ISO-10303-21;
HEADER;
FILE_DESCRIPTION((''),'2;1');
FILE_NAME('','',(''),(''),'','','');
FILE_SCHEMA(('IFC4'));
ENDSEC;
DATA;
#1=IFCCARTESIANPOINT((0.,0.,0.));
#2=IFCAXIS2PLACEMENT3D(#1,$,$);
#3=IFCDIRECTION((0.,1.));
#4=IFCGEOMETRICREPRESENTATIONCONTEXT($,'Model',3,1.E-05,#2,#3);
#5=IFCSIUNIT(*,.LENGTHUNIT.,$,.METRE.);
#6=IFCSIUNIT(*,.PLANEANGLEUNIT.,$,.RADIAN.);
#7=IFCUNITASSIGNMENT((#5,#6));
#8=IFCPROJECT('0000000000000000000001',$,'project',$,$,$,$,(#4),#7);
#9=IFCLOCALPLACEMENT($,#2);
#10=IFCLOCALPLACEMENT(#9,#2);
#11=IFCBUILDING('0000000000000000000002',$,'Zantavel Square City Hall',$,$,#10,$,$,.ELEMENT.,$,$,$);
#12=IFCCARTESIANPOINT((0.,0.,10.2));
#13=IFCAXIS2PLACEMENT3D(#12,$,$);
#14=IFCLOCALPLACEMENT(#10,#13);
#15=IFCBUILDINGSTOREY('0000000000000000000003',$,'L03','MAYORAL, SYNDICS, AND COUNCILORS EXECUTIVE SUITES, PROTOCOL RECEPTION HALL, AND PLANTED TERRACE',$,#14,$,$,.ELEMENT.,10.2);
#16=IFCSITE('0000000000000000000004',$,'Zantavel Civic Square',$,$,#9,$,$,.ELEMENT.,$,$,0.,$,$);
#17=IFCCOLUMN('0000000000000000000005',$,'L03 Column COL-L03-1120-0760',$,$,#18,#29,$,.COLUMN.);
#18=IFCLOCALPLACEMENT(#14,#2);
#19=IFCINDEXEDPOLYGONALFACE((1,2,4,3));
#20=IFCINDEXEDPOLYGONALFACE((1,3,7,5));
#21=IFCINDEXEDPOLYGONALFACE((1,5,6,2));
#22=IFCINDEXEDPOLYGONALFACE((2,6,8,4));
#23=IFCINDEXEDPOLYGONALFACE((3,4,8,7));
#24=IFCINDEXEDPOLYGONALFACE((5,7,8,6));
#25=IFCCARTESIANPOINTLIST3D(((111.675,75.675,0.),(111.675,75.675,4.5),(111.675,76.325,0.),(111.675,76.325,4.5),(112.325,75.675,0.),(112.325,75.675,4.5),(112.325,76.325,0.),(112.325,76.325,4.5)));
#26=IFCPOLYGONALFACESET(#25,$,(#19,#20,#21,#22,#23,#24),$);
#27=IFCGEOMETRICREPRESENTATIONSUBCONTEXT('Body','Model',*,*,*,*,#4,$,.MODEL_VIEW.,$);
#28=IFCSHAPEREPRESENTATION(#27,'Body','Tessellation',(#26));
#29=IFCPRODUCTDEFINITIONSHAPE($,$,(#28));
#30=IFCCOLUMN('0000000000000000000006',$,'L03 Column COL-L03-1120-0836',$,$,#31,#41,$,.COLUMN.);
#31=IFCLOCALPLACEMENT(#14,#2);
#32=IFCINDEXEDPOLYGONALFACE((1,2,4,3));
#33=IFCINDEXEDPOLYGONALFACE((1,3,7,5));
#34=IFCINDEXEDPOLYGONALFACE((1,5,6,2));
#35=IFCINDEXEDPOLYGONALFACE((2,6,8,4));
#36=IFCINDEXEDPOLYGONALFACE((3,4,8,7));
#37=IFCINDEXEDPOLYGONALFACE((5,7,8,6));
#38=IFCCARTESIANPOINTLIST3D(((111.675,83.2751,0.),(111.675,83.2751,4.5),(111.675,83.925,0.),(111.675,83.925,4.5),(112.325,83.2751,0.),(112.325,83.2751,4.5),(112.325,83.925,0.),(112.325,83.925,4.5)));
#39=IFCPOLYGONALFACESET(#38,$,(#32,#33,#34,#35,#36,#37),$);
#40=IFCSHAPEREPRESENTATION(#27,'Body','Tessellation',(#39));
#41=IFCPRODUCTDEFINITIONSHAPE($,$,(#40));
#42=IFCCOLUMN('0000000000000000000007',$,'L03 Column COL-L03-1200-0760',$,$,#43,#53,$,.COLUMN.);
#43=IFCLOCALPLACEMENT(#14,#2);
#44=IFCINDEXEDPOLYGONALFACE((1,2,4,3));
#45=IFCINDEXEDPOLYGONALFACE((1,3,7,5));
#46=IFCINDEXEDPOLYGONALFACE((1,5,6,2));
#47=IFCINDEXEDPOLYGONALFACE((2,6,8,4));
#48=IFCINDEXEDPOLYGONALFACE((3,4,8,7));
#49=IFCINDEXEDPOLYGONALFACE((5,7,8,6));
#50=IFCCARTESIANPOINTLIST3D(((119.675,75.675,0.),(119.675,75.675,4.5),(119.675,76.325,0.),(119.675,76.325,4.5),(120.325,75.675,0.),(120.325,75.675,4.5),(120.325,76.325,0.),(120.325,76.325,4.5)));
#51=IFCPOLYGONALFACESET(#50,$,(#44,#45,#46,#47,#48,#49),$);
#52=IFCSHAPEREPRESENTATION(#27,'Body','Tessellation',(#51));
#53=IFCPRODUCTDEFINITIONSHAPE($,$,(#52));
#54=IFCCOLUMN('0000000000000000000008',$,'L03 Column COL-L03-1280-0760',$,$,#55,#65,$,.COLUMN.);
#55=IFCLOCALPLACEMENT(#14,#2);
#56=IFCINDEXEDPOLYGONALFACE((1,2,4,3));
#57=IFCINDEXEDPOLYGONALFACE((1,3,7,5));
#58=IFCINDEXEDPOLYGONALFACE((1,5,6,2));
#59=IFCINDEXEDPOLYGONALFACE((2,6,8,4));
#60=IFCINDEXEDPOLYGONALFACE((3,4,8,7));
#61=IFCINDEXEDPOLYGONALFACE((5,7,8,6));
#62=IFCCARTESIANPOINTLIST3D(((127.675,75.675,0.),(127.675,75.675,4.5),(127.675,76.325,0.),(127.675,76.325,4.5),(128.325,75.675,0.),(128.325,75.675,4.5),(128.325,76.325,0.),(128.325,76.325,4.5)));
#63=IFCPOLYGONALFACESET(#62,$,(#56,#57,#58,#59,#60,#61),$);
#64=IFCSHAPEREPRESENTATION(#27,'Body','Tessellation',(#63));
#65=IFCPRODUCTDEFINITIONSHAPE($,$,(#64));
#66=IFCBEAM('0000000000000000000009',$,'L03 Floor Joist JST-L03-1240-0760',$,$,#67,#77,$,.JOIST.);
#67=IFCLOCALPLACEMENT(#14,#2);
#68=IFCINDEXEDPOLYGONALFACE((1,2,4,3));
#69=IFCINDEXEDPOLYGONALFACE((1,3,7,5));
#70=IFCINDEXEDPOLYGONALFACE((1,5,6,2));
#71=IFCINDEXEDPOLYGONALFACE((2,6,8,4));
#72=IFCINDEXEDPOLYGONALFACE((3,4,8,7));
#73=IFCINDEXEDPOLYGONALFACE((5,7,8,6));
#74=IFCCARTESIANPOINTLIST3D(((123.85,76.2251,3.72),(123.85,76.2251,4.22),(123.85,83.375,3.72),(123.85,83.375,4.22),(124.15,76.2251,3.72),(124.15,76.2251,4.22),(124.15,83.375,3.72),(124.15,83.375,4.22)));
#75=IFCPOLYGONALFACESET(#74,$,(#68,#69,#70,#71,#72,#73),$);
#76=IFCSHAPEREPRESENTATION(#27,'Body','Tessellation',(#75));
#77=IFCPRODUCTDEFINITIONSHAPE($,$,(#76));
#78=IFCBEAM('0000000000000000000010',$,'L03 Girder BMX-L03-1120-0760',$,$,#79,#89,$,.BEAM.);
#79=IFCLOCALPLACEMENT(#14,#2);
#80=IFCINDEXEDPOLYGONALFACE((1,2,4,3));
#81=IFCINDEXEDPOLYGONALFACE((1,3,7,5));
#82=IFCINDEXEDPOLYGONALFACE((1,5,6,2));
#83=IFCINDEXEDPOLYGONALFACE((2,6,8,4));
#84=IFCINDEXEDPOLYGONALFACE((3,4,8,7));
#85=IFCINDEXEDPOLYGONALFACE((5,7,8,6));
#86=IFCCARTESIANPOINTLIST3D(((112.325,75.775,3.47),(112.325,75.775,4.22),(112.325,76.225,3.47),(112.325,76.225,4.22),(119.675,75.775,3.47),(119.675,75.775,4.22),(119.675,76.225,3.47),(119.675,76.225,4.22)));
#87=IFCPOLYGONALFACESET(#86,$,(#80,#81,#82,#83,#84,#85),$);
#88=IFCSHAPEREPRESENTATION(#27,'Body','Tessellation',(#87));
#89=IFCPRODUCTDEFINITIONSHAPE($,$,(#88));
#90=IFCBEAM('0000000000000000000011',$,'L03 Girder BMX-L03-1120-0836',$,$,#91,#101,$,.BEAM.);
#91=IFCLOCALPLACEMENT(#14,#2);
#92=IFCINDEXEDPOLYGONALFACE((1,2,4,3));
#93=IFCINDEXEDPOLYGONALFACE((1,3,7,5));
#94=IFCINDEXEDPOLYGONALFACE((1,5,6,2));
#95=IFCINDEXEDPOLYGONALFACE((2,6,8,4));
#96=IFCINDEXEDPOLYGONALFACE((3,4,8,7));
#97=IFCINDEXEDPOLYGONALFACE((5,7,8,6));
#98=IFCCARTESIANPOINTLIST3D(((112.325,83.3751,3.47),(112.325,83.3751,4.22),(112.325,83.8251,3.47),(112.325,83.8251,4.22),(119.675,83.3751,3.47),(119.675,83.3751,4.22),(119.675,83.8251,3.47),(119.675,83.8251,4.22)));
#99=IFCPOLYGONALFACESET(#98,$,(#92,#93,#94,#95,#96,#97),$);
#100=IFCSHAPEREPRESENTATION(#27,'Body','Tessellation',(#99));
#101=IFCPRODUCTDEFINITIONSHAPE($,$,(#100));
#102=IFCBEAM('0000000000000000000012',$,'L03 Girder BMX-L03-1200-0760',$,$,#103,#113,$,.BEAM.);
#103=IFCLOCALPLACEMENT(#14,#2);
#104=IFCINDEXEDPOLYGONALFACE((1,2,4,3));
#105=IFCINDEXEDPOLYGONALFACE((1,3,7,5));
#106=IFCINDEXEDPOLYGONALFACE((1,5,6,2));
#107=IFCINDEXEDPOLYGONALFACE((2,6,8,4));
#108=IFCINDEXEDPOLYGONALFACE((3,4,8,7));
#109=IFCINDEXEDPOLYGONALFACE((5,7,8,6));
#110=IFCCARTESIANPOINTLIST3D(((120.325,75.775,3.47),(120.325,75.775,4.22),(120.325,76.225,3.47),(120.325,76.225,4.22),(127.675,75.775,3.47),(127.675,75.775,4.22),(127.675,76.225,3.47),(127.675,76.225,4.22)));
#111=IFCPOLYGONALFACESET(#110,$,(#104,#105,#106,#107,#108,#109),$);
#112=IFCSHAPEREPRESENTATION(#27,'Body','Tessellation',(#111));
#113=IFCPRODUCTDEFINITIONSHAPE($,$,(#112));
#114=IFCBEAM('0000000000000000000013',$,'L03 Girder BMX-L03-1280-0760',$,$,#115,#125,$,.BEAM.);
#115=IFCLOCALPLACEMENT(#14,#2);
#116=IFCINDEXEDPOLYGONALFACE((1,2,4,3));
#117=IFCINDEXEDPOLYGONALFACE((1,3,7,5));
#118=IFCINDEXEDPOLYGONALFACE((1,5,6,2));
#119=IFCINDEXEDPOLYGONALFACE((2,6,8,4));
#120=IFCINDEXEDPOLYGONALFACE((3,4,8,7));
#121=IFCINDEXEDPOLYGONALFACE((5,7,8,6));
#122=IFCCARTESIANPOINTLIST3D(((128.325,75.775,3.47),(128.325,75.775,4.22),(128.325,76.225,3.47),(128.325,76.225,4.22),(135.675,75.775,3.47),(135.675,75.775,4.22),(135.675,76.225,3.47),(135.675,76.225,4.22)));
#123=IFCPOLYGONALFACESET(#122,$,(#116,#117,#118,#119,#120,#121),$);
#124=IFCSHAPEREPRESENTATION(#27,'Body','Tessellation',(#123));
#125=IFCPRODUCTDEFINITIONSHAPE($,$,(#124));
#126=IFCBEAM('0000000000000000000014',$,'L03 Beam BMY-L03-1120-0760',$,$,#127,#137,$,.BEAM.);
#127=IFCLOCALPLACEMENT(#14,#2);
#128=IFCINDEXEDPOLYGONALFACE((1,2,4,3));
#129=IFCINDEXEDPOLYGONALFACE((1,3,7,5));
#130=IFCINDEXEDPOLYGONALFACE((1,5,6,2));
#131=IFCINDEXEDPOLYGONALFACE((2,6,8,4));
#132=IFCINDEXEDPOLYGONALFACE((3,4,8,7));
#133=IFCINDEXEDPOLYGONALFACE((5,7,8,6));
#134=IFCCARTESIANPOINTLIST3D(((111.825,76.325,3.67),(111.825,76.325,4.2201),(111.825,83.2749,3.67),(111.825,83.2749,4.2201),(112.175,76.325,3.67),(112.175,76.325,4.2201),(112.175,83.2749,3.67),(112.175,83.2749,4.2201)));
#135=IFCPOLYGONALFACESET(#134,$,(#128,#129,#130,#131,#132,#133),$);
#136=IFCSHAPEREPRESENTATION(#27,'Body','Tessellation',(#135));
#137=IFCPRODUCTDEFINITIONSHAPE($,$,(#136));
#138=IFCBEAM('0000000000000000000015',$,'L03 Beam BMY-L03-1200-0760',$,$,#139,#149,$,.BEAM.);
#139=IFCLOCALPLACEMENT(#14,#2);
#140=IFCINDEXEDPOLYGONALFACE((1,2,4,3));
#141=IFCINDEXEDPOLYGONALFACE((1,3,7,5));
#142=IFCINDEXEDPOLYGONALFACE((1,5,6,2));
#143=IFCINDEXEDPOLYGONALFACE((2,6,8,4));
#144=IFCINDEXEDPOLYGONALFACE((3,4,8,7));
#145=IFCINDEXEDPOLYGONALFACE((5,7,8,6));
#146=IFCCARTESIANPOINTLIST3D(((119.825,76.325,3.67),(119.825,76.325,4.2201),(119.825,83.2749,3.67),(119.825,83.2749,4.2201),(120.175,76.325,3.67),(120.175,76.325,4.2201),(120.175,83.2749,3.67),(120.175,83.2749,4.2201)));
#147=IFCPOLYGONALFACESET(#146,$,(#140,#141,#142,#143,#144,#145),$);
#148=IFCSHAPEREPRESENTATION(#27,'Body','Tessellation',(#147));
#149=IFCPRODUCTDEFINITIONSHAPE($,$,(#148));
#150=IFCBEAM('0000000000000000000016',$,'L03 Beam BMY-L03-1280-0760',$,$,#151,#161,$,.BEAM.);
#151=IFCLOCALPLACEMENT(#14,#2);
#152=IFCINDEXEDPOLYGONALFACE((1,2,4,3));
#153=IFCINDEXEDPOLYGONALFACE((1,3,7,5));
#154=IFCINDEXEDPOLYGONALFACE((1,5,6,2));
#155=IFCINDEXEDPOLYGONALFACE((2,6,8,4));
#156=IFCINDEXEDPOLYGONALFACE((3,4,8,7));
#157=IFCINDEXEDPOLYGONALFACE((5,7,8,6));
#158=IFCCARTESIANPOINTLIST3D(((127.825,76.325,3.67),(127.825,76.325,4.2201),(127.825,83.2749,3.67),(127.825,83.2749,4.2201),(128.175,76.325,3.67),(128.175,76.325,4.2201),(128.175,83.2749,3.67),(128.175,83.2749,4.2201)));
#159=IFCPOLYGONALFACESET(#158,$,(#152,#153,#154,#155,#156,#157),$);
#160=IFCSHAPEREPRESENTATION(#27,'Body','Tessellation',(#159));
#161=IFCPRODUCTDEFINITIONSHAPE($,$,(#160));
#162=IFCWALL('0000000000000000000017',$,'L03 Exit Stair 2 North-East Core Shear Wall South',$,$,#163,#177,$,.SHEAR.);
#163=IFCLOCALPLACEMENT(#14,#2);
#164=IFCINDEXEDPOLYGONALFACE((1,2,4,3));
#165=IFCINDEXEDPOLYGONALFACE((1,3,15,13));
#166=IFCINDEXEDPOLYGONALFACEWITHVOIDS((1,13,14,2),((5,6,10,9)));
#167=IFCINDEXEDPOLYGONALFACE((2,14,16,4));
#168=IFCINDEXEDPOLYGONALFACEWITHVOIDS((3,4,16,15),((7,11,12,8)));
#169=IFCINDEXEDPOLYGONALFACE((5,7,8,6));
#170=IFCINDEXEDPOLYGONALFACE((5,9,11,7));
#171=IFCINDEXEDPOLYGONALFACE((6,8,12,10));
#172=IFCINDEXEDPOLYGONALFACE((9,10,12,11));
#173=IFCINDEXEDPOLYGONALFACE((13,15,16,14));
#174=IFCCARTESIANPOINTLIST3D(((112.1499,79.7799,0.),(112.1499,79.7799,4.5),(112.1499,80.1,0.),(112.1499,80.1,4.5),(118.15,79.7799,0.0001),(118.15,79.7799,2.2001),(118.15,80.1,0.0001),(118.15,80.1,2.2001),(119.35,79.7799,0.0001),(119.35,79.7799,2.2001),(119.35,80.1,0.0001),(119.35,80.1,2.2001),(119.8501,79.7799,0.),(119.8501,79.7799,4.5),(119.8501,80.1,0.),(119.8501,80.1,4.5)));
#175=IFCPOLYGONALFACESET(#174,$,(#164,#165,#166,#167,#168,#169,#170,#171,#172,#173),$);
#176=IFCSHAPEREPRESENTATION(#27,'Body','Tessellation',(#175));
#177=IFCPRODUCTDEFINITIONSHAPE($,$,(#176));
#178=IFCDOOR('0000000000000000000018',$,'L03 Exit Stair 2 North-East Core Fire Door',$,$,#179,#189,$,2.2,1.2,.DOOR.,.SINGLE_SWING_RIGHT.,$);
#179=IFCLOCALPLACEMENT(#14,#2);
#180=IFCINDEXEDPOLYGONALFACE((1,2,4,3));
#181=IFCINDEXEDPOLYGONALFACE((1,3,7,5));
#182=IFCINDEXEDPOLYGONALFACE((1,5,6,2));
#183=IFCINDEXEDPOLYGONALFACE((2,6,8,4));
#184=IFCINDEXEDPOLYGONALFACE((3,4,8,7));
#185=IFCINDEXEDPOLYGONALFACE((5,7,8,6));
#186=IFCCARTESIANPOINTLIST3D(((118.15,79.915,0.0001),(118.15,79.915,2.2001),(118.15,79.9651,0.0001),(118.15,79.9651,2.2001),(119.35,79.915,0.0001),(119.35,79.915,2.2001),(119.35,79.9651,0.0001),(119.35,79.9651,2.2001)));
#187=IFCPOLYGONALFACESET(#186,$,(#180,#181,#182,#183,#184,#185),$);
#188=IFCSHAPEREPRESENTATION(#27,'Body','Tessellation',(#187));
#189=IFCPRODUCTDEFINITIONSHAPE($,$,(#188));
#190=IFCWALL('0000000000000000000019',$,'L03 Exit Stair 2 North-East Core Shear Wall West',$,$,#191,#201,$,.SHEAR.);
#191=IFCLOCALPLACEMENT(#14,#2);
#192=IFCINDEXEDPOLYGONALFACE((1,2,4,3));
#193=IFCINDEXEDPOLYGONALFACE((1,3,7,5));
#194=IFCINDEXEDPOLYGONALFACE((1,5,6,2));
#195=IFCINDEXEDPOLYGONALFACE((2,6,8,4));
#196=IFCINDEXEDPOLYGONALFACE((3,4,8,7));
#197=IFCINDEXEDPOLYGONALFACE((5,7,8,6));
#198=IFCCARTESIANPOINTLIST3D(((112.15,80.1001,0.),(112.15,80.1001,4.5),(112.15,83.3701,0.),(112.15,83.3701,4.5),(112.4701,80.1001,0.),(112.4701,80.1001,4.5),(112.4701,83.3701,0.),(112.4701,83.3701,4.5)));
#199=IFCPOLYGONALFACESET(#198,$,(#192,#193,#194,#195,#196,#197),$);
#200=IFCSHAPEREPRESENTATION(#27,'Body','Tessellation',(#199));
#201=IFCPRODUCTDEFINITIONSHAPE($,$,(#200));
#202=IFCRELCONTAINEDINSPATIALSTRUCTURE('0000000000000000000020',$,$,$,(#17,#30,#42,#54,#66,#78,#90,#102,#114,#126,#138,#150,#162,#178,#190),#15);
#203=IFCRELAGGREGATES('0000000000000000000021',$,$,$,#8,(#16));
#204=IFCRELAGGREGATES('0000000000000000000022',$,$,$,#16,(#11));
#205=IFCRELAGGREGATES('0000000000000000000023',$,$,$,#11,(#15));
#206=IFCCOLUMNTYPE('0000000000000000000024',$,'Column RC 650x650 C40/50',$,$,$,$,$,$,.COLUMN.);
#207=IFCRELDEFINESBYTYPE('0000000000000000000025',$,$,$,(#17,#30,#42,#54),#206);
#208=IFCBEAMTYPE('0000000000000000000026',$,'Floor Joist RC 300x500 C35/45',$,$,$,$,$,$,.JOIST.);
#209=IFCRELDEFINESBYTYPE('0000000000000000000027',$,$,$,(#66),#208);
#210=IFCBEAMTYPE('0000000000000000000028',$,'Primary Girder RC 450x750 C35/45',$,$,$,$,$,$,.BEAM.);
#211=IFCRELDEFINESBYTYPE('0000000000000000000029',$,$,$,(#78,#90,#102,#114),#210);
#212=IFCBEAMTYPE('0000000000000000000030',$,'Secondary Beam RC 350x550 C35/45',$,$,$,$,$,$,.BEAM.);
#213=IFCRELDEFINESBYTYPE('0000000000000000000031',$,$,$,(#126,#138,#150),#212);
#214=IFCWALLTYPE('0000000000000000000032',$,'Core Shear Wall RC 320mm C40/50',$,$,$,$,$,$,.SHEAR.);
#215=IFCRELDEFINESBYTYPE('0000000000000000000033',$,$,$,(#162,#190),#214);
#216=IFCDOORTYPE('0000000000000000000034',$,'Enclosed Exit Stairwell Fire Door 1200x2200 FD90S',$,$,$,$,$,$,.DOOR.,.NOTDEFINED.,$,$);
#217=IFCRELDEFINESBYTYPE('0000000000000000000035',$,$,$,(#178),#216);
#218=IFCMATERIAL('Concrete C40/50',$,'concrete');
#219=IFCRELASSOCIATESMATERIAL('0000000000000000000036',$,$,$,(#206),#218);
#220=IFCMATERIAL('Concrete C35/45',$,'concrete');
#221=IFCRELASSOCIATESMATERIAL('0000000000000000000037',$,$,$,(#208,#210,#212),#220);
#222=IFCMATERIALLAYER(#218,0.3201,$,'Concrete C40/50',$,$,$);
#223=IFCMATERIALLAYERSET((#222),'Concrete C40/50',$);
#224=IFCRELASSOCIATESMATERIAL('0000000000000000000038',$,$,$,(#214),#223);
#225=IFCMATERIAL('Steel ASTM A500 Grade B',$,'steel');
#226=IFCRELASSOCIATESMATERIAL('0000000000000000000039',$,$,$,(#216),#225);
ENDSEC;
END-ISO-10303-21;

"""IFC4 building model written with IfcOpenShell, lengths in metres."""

from ifc_helpers import new_model, si_unit, direction, frame, frame_2d, origin, origin_2d, place, context, subcontext, project, spatial, rectangle, extrude, material, layer, layer_set, material_profile, profile_set, type_object, element, fill, save


model = new_model("IFC4")

# Units and contexts
model_context = context("Model", 3, precision=1e-05, world=origin(), true_north=direction((0.0, 1.0)))
body_context = subcontext(model_context, "Body", "Model", "MODEL_VIEW")
ifc_project = project(units=[si_unit("LENGTHUNIT", "METRE"), si_unit("PLANEANGLEUNIT", "RADIAN")], contexts=[model_context])

# Site, building, storey
site_placement = place(None, origin())
site = spatial("IfcSite", under=ifc_project, at=site_placement, Name="Zantavel Civic Square", CompositionType="ELEMENT", RefElevation=0.0)
building_placement = place(site_placement, origin())
building = spatial("IfcBuilding", under=site, at=building_placement, Name="Zantavel Square City Hall", CompositionType="ELEMENT")
storey_placement = place(building_placement, frame((0.0, 0.0, 10.2)))
storey = spatial("IfcBuildingStorey", under=building, at=storey_placement, Name="L03", Description="MAYORAL, SYNDICS, AND COUNCILORS EXECUTIVE SUITES, PROTOCOL RECEPTION HALL, AND PLANTED TERRACE", CompositionType="ELEMENT", Elevation=10.2)

# Columns
ifc_material_1 = material(Name="Concrete C40/50", Category="concrete")
ifc_material_profile_1 = material_profile(ifc_material_1, rectangle(XDim=0.6499, YDim=0.6499, at=origin_2d()), Name="RC 650x650")
ifc_profile_set_1 = profile_set([ifc_material_profile_1], Name="Concrete C40/50")
column_type = type_object("IfcColumnType", Name="Column RC 650x650 C40/50", PredefinedType="COLUMN", material=ifc_profile_set_1)
for number, where, z_axis, x_axis, name in (
    (1, (112.0, 76.0, 0.0), (0.0, 0.0, 1.0), (1.0, 0.0, 0.0), "L03 Column COL-L03-1120-0760"),
    (2, (112.0, 83.6001, 0.0), (0.0, 0.0, 1.0), (1.0, 0.0, 0.0), "L03 Column COL-L03-1120-0836"),
    (3, (120.0, 76.0, 0.0), (0.0, 0.0, 1.0), (1.0, 0.0, 0.0), "L03 Column COL-L03-1200-0760"),
    (4, (128.0, 76.0, 0.0), (0.0, 0.0, 1.0), (1.0, 0.0, 0.0), "L03 Column COL-L03-1280-0760"),
):
    element("IfcColumn", number, at=place(storey_placement, frame(where, z_axis=z_axis, x_axis=x_axis)), inside=storey, type_object=column_type, Name=name, PredefinedType="COLUMN", context=body_context, shape_type="SweptSolid", body=[
        extrude(rectangle(XDim=0.6499, YDim=0.6499, at=origin_2d()), origin(), (0.0, 0.0, 1.0), 4.5),
    ])

# Beams
ifc_material_2 = material(Name="Concrete C35/45", Category="concrete")
ifc_material_profile_2 = material_profile(ifc_material_2, rectangle(XDim=0.3, YDim=0.5, at=origin_2d()), Name="RC 300x500")
ifc_profile_set_2 = profile_set([ifc_material_profile_2], Name="Concrete C35/45")
beam_type_1 = type_object("IfcBeamType", Name="Floor Joist RC 300x500 C35/45", PredefinedType="JOIST", material=ifc_profile_set_2)
beam_placement = place(storey_placement, frame((124.0, 76.2251, 3.97), z_axis=(0.0, 1.0, 0.0), x_axis=(-1.0, 0.0, 0.0)))
element("IfcBeam", 5, at=beam_placement, inside=storey, type_object=beam_type_1, Name="L03 Floor Joist JST-L03-1240-0760", PredefinedType="JOIST", context=body_context, shape_type="SweptSolid", body=[
    extrude(rectangle(XDim=0.3, YDim=0.5, at=origin_2d()), origin(), (0.0, 0.0, 1.0), 7.1499),
])
ifc_material_profile_3 = material_profile(ifc_material_2, rectangle(XDim=0.45, YDim=0.75, at=origin_2d()), Name="RC 450x750")
ifc_profile_set_3 = profile_set([ifc_material_profile_3], Name="Concrete C35/45")
beam_type_2 = type_object("IfcBeamType", Name="Primary Girder RC 450x750 C35/45", PredefinedType="BEAM", material=ifc_profile_set_3)
for number, where, z_axis, x_axis, name in (
    (6, (112.325, 76.0, 3.845), (1.0, 0.0, 0.0), (0.0, 1.0, 0.0), "L03 Girder BMX-L03-1120-0760"),
    (7, (112.325, 83.6001, 3.845), (1.0, 0.0, 0.0), (0.0, 1.0, 0.0), "L03 Girder BMX-L03-1120-0836"),
    (8, (120.325, 76.0, 3.845), (1.0, 0.0, 0.0), (0.0, 1.0, 0.0), "L03 Girder BMX-L03-1200-0760"),
    (9, (128.325, 76.0, 3.845), (1.0, 0.0, 0.0), (0.0, 1.0, 0.0), "L03 Girder BMX-L03-1280-0760"),
):
    element("IfcBeam", number, at=place(storey_placement, frame(where, z_axis=z_axis, x_axis=x_axis)), inside=storey, type_object=beam_type_2, Name=name, PredefinedType="BEAM", context=body_context, shape_type="SweptSolid", body=[
        extrude(rectangle(XDim=0.45, YDim=0.75, at=origin_2d()), origin(), (0.0, 0.0, 1.0), 7.3501),
    ])
ifc_material_profile_4 = material_profile(ifc_material_2, rectangle(XDim=0.3501, YDim=0.55, at=origin_2d()), Name="RC 350x550")
ifc_profile_set_4 = profile_set([ifc_material_profile_4], Name="Concrete C35/45")
beam_type_3 = type_object("IfcBeamType", Name="Secondary Beam RC 350x550 C35/45", PredefinedType="BEAM", material=ifc_profile_set_4)
for number, where, z_axis, x_axis, name in (
    (10, (112.0, 76.325, 3.9451), (0.0, 1.0, 0.0), (-1.0, 0.0, 0.0), "L03 Beam BMY-L03-1120-0760"),
    (11, (120.0, 76.325, 3.9451), (0.0, 1.0, 0.0), (-1.0, 0.0, 0.0), "L03 Beam BMY-L03-1200-0760"),
    (12, (128.0, 76.325, 3.9451), (0.0, 1.0, 0.0), (-1.0, 0.0, 0.0), "L03 Beam BMY-L03-1280-0760"),
):
    element("IfcBeam", number, at=place(storey_placement, frame(where, z_axis=z_axis, x_axis=x_axis)), inside=storey, type_object=beam_type_3, Name=name, PredefinedType="BEAM", context=body_context, shape_type="SweptSolid", body=[
        extrude(rectangle(XDim=0.3501, YDim=0.55, at=origin_2d()), origin(), (0.0, 0.0, 1.0), 6.95),
    ])

# Wall, opening, door
ifc_layer_1 = layer(ifc_material_1, 0.3201, Name="Concrete C40/50")
ifc_layer_set_1 = layer_set([ifc_layer_1], Name="Concrete C40/50")
wall_type_1 = type_object("IfcWallType", Name="Core Shear Wall RC 320mm C40/50", PredefinedType="SHEAR", material=ifc_layer_set_1)
wall_1_placement = place(storey_placement, frame((119.8501, 79.9399, 0.0), z_axis=(0.0, 0.0, 1.0), x_axis=(-1.0, 0.0, 0.0)))
wall_1 = element("IfcWall", 13, at=wall_1_placement, inside=storey, type_object=wall_type_1, Name="L03 Exit Stair 2 North-East Core Shear Wall South", PredefinedType="SHEAR", context=body_context, shape_type="SweptSolid", body=[
    extrude(rectangle(XDim=7.7002, YDim=0.3201, at=frame_2d((3.8501, 0.0))), origin(), (0.0, 0.0, 1.0), 4.5),
])
opening_1_placement = place(wall_1_placement, frame((0.5, 0.0, 0.0)))
opening_1 = element("IfcOpeningElement", 14, at=opening_1_placement, cuts=wall_1, PredefinedType="OPENING", context=body_context, shape_type="SweptSolid", body=[
    extrude(rectangle(XDim=1.2, YDim=2.2, at=frame_2d((0.6001, 1.1001))), frame((0.0, 0.1699, 0.0), z_axis=(0.0, -1.0, 0.0), x_axis=(1.0, 0.0, 0.0)), (0.0, 0.0, 1.0), 0.3401),
])
ifc_material_3 = material(Name="Steel ASTM A500 Grade B", Category="steel")
door_type = type_object("IfcDoorType", Name="Enclosed Exit Stairwell Fire Door 1200x2200 FD90S", OperationType="NOTDEFINED", PredefinedType="DOOR", material=ifc_material_3)
door_placement = place(opening_1_placement, origin())
door = element("IfcDoor", 15, at=door_placement, inside=storey, type_object=door_type, Name="L03 Exit Stair 2 North-East Core Fire Door", OperationType="SINGLE_SWING_RIGHT", OverallHeight=2.2, OverallWidth=1.2, PredefinedType="DOOR", context=body_context, shape_type="SweptSolid", body=[
    extrude(rectangle(XDim=1.2, YDim=2.2, at=frame_2d((0.6001, 1.1001))), frame((0.0, 0.0249, 0.0), z_axis=(0.0, -1.0, 0.0), x_axis=(1.0, 0.0, 0.0)), (0.0, 0.0, 1.0), 0.05),
])
fill(opening_1, door)

# Wall
wall_2_placement = place(storey_placement, frame((112.3101, 80.1001, 0.0), z_axis=(0.0, 0.0, 1.0), x_axis=(0.0, 1.0, 0.0)))
element("IfcWall", 16, at=wall_2_placement, inside=storey, type_object=wall_type_1, Name="L03 Exit Stair 2 North-East Core Shear Wall West", PredefinedType="SHEAR", context=body_context, shape_type="SweptSolid", body=[
    extrude(rectangle(XDim=3.27, YDim=0.3201, at=frame_2d((1.635, 0.0))), origin(), (0.0, 0.0, 1.0), 4.5),
])

save(model, "model.ifc")
